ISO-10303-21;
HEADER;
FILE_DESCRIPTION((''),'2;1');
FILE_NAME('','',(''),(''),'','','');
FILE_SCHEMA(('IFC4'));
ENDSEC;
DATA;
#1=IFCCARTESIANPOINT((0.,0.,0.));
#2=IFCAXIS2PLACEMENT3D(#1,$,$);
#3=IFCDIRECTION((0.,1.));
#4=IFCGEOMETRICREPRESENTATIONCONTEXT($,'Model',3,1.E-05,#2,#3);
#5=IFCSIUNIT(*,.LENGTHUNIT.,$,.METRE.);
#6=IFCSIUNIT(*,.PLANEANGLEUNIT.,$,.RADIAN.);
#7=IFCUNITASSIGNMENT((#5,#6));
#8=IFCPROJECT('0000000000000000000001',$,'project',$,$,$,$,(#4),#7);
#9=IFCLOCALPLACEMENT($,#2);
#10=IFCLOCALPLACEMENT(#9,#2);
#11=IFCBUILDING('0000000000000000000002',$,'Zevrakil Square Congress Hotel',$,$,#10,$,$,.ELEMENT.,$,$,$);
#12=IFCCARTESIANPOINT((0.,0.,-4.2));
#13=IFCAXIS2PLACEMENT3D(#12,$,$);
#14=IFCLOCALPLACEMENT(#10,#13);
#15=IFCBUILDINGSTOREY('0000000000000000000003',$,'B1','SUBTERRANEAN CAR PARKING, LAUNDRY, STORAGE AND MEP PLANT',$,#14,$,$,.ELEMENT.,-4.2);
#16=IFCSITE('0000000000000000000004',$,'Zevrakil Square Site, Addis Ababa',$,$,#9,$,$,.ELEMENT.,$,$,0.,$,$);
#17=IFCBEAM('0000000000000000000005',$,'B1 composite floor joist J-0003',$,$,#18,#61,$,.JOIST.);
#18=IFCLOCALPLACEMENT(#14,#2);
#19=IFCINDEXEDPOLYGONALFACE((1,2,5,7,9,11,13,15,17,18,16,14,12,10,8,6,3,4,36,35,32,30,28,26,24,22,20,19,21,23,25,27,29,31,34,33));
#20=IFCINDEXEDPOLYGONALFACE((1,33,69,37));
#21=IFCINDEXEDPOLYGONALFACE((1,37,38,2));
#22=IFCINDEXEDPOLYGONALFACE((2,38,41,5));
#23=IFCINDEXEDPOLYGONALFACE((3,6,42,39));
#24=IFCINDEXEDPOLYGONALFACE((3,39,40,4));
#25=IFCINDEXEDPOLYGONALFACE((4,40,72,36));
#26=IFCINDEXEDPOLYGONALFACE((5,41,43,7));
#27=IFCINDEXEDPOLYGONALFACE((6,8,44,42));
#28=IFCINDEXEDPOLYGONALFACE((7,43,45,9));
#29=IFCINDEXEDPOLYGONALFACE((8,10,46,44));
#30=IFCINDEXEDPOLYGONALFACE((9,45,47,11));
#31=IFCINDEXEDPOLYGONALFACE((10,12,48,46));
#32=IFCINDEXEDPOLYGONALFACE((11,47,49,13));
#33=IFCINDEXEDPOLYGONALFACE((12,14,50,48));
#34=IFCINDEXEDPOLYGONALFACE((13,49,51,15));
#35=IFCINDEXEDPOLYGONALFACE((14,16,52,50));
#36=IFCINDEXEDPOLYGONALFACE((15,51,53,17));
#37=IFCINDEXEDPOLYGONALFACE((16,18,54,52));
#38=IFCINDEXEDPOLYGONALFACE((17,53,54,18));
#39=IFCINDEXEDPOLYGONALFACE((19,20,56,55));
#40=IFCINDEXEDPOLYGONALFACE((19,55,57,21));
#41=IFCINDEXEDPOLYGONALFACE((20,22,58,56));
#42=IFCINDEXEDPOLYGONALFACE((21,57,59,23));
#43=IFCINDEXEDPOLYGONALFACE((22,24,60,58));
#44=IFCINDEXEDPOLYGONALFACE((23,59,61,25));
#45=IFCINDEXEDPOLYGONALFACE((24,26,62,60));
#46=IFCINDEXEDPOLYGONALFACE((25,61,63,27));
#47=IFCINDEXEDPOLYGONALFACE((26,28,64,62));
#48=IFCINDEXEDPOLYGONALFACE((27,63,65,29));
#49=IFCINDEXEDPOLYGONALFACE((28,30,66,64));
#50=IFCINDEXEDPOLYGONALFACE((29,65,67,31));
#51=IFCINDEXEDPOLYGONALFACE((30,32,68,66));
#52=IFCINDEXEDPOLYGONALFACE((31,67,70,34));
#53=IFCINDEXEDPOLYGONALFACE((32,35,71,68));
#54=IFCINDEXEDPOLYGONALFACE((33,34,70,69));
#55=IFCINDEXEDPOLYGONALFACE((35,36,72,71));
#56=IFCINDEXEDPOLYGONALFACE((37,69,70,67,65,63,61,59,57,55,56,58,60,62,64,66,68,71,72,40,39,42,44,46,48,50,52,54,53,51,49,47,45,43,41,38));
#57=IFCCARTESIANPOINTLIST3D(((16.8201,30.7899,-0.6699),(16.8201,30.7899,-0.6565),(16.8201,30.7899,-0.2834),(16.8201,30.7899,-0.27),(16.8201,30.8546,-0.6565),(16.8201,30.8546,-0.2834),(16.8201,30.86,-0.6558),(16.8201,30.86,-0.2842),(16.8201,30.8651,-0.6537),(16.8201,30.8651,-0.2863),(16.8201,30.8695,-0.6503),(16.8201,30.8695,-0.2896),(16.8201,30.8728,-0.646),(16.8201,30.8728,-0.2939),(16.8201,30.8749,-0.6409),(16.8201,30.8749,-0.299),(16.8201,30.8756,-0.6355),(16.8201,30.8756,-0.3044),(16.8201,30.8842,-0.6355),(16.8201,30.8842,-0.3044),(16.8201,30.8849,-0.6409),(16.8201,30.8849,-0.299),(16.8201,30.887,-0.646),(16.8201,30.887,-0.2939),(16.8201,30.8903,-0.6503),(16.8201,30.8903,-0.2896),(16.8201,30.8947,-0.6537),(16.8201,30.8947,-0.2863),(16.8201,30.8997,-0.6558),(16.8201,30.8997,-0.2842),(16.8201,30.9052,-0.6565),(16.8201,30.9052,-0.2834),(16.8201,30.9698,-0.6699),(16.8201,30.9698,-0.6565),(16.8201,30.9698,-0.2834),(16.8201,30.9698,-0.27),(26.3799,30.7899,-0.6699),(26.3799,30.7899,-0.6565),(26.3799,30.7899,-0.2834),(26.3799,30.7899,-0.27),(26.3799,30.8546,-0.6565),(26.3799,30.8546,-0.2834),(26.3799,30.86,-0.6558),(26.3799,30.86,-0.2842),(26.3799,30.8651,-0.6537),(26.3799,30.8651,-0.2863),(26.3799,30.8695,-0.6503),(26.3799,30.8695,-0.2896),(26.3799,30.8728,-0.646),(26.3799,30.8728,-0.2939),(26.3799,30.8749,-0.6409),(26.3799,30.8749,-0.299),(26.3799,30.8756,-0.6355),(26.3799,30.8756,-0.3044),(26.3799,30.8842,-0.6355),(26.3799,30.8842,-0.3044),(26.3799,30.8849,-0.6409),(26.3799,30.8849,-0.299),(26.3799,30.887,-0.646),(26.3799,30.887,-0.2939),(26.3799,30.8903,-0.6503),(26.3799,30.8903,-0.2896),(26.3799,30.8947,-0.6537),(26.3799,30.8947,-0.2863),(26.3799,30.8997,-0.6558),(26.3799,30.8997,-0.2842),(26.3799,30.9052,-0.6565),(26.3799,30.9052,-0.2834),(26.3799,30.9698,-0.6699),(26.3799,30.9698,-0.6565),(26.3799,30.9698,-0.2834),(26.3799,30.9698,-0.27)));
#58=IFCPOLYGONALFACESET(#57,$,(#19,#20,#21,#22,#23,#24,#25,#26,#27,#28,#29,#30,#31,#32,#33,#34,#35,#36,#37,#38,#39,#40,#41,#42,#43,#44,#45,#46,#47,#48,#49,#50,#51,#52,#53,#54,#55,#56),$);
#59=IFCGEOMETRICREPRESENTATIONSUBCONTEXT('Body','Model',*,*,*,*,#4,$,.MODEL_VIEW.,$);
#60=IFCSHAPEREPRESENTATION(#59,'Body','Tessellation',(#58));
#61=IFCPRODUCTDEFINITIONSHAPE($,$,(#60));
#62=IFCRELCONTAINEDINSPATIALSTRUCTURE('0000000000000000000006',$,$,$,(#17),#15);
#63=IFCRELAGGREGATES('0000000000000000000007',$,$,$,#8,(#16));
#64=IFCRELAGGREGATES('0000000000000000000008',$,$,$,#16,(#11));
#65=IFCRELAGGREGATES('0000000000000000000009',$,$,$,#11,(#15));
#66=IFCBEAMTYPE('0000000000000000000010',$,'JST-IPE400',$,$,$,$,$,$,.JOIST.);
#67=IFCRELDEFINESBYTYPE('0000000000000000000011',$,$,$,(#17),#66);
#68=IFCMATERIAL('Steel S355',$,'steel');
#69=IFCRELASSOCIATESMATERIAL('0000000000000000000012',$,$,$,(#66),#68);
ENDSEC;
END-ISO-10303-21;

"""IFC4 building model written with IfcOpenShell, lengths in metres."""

from ifc_helpers import new_model, si_unit, direction, frame, origin, origin_2d, place, context, subcontext, project, spatial, i_section, extrude, material, material_profile, profile_set, type_object, element, save


model = new_model("IFC4")

# Units and contexts
model_context = context("Model", 3, precision=1e-05, world=origin(), true_north=direction((0.0, 1.0)))
body_context = subcontext(model_context, "Body", "Model", "MODEL_VIEW")
ifc_project = project(units=[si_unit("LENGTHUNIT", "METRE"), si_unit("PLANEANGLEUNIT", "RADIAN")], contexts=[model_context])

# Site, building, storey
site_placement = place(None, origin())
site = spatial("IfcSite", under=ifc_project, at=site_placement, Name="Zevrakil Square Site, Addis Ababa", CompositionType="ELEMENT", RefElevation=0.0)
building_placement = place(site_placement, origin())
building = spatial("IfcBuilding", under=site, at=building_placement, Name="Zevrakil Square Congress Hotel", CompositionType="ELEMENT")
storey_placement = place(building_placement, frame((0.0, 0.0, -4.2)))
storey = spatial("IfcBuildingStorey", under=building, at=storey_placement, Name="B1", Description="SUBTERRANEAN CAR PARKING, LAUNDRY, STORAGE AND MEP PLANT", CompositionType="ELEMENT", Elevation=-4.2)

# Beam
ifc_material_1 = material(Name="Steel S355", Category="steel")
ifc_material_profile_1 = material_profile(ifc_material_1, i_section(OverallWidth=0.1799, OverallDepth=0.3999, WebThickness=0.0085, FlangeThickness=0.0134, FilletRadius=0.021, at=origin_2d()), Name="IPE 400")
ifc_profile_set_1 = profile_set([ifc_material_profile_1], Name="Steel S355")
beam_type_1 = type_object("IfcBeamType", Name="JST-IPE400", PredefinedType="JOIST", material=ifc_profile_set_1)
beam_1_placement = place(storey_placement, frame((16.8201, 30.8799, -0.47), z_axis=(1.0, 0.0, 0.0), x_axis=(0.0, 1.0, 0.0)))
element("IfcBeam", 1, at=beam_1_placement, inside=storey, type_object=beam_type_1, Name="B1 composite floor joist J-0003", PredefinedType="JOIST", context=body_context, shape_type="SweptSolid", body=[
    extrude(i_section(OverallWidth=0.1799, OverallDepth=0.3999, WebThickness=0.0085, FlangeThickness=0.0134, FilletRadius=0.021, at=origin_2d()), origin(), (0.0, 0.0, 1.0), 9.5598),
])

save(model, "model.ifc")
